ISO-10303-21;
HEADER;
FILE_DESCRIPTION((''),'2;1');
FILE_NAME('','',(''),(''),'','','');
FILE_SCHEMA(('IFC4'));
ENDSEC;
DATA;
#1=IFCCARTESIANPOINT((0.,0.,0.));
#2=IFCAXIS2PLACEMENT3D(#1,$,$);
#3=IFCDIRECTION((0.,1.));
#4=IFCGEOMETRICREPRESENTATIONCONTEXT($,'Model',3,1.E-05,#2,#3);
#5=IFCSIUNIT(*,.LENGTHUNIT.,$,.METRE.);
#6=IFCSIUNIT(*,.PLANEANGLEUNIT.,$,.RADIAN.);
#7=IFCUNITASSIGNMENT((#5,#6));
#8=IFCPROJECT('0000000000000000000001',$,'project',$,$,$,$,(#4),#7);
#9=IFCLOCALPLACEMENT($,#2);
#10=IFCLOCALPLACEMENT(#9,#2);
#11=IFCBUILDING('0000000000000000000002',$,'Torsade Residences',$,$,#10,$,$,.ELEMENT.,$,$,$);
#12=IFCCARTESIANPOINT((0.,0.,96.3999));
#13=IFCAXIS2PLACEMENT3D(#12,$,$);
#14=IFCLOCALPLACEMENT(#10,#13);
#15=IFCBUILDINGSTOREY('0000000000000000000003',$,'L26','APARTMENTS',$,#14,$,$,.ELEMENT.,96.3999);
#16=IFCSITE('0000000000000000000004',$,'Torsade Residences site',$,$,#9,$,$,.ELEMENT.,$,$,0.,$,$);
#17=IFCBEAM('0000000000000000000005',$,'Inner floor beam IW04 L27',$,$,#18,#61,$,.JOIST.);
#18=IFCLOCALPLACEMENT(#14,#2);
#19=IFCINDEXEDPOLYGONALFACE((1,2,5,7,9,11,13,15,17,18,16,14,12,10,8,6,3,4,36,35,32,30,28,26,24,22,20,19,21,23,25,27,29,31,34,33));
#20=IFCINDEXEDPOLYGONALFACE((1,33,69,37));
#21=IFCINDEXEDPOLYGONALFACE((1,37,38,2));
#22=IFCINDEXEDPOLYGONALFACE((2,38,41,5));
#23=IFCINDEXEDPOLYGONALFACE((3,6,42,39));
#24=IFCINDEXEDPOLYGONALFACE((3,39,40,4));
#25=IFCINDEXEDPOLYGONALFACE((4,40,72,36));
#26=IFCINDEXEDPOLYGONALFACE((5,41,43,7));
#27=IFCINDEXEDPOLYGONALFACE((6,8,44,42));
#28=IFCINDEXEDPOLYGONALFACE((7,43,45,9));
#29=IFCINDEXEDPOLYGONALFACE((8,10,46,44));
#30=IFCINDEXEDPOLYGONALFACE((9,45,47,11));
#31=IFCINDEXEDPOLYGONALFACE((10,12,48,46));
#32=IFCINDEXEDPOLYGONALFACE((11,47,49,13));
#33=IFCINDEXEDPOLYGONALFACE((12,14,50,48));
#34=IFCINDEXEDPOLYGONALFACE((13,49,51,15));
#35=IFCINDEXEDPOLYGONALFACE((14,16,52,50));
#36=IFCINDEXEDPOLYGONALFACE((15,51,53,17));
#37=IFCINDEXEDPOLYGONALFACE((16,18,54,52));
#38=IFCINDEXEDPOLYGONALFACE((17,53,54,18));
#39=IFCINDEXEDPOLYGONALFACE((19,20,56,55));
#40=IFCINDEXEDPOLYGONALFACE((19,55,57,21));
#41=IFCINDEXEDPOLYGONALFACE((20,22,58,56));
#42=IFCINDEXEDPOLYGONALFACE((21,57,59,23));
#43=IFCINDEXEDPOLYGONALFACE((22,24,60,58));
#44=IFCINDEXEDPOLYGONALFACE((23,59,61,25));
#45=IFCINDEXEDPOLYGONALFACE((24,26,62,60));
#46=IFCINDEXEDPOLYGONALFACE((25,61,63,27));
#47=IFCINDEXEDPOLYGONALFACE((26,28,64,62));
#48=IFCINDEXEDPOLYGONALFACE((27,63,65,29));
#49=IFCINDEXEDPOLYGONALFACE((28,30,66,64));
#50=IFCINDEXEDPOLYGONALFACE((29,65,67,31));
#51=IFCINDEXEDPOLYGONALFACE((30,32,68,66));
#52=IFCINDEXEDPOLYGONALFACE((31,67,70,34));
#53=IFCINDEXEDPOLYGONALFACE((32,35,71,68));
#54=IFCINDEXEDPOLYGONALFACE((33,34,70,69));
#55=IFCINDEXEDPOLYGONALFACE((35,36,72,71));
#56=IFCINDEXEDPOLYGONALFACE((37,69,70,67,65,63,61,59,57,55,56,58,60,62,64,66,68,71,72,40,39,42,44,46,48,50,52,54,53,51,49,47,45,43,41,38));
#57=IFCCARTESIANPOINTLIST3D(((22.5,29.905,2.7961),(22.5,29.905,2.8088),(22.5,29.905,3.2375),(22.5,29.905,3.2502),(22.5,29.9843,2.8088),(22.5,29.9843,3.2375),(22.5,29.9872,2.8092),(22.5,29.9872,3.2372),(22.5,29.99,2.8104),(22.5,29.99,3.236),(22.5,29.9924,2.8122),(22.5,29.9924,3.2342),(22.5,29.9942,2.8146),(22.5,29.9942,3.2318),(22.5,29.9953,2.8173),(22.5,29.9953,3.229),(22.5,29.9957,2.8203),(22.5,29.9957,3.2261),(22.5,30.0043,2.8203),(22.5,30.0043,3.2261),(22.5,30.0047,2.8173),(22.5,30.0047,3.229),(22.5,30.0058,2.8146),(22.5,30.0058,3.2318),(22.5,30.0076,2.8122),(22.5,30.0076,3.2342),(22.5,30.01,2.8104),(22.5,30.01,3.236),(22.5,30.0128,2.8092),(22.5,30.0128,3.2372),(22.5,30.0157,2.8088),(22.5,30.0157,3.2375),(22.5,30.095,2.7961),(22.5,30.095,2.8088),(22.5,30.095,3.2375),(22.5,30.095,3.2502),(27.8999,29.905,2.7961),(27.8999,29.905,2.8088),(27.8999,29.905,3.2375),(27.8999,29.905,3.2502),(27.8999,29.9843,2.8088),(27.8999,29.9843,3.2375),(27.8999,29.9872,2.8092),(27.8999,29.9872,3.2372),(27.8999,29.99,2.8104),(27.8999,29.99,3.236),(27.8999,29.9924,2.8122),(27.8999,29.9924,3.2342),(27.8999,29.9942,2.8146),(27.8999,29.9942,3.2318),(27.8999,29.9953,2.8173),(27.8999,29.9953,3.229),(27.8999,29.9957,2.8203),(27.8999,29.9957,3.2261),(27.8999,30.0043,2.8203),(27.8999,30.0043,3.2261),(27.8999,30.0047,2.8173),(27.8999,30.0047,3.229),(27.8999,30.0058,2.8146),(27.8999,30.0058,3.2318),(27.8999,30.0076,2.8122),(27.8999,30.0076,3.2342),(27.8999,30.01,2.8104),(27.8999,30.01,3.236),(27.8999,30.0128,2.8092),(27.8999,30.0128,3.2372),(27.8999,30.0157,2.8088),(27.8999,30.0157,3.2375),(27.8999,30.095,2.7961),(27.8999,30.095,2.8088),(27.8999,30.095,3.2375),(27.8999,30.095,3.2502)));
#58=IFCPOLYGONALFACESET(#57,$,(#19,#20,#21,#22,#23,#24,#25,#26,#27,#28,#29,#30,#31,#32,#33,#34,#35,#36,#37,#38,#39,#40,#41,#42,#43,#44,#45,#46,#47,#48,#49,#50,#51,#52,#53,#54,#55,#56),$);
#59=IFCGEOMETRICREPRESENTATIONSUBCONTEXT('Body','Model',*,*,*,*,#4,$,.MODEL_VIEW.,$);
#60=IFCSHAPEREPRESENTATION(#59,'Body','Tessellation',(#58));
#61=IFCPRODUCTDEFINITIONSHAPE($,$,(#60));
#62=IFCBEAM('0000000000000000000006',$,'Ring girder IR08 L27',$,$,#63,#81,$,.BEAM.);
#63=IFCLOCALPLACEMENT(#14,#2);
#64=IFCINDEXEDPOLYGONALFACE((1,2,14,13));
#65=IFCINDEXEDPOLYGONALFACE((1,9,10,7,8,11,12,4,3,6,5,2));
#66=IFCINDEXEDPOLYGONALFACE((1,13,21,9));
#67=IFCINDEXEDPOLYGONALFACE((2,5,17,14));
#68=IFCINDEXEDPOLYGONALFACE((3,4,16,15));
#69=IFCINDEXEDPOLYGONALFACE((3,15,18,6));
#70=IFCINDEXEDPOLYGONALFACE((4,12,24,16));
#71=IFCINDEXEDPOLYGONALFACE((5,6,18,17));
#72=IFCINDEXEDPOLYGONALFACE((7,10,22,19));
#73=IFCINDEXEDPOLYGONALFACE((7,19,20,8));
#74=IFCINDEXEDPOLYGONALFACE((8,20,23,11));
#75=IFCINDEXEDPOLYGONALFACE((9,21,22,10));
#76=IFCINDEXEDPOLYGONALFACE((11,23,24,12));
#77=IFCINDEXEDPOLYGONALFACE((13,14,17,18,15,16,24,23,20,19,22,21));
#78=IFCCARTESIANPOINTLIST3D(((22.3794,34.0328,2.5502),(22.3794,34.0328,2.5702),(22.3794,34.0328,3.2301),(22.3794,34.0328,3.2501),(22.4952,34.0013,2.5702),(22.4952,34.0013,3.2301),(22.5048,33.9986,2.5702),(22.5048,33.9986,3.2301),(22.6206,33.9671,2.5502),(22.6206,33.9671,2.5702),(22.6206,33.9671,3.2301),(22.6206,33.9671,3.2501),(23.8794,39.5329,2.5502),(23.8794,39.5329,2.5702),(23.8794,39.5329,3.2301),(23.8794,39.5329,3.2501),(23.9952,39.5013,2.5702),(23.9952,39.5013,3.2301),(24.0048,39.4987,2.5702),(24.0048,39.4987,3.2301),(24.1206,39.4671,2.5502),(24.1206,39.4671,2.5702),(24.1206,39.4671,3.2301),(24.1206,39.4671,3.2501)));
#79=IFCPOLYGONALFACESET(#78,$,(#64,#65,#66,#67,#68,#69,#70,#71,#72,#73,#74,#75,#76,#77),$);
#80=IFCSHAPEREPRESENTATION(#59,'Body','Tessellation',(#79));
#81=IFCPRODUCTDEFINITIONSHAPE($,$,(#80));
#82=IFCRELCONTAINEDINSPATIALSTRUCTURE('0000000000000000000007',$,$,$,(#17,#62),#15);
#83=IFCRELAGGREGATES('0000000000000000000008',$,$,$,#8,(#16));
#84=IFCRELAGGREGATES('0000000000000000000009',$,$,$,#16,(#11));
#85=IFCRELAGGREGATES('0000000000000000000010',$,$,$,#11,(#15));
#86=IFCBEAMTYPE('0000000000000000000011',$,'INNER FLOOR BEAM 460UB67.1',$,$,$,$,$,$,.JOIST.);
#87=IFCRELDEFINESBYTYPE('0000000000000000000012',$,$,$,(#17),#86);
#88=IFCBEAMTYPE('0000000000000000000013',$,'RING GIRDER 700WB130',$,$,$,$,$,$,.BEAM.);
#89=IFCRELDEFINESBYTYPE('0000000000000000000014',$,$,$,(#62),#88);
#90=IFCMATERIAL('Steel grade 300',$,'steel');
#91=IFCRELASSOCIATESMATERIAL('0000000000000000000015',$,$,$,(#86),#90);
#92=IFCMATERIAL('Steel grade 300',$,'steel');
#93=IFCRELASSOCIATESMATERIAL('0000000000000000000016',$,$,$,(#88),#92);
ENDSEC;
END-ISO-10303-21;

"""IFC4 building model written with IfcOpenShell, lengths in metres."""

from ifc_helpers import new_model, si_unit, direction, frame, origin, origin_2d, place, context, subcontext, project, spatial, i_section, extrude, material, material_profile, profile_set, type_object, element, save


model = new_model("IFC4")

# Units and contexts
model_context = context("Model", 3, precision=1e-05, world=origin(), true_north=direction((0.0, 1.0)))
body_context = subcontext(model_context, "Body", "Model", "MODEL_VIEW")
ifc_project = project(units=[si_unit("LENGTHUNIT", "METRE"), si_unit("PLANEANGLEUNIT", "RADIAN")], contexts=[model_context])

# Site, building, storey
site_placement = place(None, origin())
site = spatial("IfcSite", under=ifc_project, at=site_placement, Name="Torsade Residences site", CompositionType="ELEMENT", RefElevation=0.0)
building_placement = place(site_placement, origin())
building = spatial("IfcBuilding", under=site, at=building_placement, Name="Torsade Residences", CompositionType="ELEMENT")
storey_placement = place(building_placement, frame((0.0, 0.0, 96.3999)))
storey = spatial("IfcBuildingStorey", under=building, at=storey_placement, Name="L26", Description="APARTMENTS", CompositionType="ELEMENT", Elevation=96.3999)

# Beams
ifc_material_1 = material(Name="Steel grade 300", Category="steel")
ifc_material_profile_1 = material_profile(ifc_material_1, i_section(OverallWidth=0.1899, OverallDepth=0.4541, WebThickness=0.0085, FlangeThickness=0.0127, FilletRadius=0.0115, at=origin_2d()), Name="460UB67.1")
ifc_profile_set_1 = profile_set([ifc_material_profile_1], Name="Steel grade 300")
beam_type_1 = type_object("IfcBeamType", Name="INNER FLOOR BEAM 460UB67.1", PredefinedType="JOIST", material=ifc_profile_set_1)
for number, where, z_axis, x_axis, name in (
    (1, (27.8999, 30.0, 3.0232), (-1.0, 0.0, 0.0), (0.0, -1.0, 0.0), "Inner floor beam IW04 L27"),
):
    element("IfcBeam", number, at=place(storey_placement, frame(where, z_axis=z_axis, x_axis=x_axis)), inside=storey, type_object=beam_type_1, Name=name, PredefinedType="JOIST", context=body_context, shape_type="SweptSolid", body=[
        extrude(i_section(OverallWidth=0.1899, OverallDepth=0.4541, WebThickness=0.0085, FlangeThickness=0.0127, FilletRadius=0.0115, at=origin_2d()), origin(), (0.0, 0.0, 1.0), 5.3999),
    ])
ifc_material_2 = material(Name="Steel grade 300", Category="steel")
ifc_material_profile_2 = material_profile(ifc_material_2, i_section(OverallWidth=0.25, OverallDepth=0.7, WebThickness=0.01, FlangeThickness=0.02, at=origin_2d()), Name="700WB130")
ifc_profile_set_2 = profile_set([ifc_material_profile_2], Name="Steel grade 300")
beam_type_2 = type_object("IfcBeamType", Name="RING GIRDER 700WB130", PredefinedType="BEAM", material=ifc_profile_set_2)
beam_1_placement = place(storey_placement, frame((24.0, 39.5, 2.9001), z_axis=(-0.263117, -0.964764, 0.0), x_axis=(0.964764, -0.263117, 0.0)))
element("IfcBeam", 2, at=beam_1_placement, inside=storey, type_object=beam_type_2, Name="Ring girder IR08 L27", PredefinedType="BEAM", context=body_context, shape_type="SweptSolid", body=[
    extrude(i_section(OverallWidth=0.25, OverallDepth=0.7, WebThickness=0.01, FlangeThickness=0.02, at=origin_2d()), origin(), (0.0, 0.0, 1.0), 5.7009),
])

save(model, "model.ifc")
